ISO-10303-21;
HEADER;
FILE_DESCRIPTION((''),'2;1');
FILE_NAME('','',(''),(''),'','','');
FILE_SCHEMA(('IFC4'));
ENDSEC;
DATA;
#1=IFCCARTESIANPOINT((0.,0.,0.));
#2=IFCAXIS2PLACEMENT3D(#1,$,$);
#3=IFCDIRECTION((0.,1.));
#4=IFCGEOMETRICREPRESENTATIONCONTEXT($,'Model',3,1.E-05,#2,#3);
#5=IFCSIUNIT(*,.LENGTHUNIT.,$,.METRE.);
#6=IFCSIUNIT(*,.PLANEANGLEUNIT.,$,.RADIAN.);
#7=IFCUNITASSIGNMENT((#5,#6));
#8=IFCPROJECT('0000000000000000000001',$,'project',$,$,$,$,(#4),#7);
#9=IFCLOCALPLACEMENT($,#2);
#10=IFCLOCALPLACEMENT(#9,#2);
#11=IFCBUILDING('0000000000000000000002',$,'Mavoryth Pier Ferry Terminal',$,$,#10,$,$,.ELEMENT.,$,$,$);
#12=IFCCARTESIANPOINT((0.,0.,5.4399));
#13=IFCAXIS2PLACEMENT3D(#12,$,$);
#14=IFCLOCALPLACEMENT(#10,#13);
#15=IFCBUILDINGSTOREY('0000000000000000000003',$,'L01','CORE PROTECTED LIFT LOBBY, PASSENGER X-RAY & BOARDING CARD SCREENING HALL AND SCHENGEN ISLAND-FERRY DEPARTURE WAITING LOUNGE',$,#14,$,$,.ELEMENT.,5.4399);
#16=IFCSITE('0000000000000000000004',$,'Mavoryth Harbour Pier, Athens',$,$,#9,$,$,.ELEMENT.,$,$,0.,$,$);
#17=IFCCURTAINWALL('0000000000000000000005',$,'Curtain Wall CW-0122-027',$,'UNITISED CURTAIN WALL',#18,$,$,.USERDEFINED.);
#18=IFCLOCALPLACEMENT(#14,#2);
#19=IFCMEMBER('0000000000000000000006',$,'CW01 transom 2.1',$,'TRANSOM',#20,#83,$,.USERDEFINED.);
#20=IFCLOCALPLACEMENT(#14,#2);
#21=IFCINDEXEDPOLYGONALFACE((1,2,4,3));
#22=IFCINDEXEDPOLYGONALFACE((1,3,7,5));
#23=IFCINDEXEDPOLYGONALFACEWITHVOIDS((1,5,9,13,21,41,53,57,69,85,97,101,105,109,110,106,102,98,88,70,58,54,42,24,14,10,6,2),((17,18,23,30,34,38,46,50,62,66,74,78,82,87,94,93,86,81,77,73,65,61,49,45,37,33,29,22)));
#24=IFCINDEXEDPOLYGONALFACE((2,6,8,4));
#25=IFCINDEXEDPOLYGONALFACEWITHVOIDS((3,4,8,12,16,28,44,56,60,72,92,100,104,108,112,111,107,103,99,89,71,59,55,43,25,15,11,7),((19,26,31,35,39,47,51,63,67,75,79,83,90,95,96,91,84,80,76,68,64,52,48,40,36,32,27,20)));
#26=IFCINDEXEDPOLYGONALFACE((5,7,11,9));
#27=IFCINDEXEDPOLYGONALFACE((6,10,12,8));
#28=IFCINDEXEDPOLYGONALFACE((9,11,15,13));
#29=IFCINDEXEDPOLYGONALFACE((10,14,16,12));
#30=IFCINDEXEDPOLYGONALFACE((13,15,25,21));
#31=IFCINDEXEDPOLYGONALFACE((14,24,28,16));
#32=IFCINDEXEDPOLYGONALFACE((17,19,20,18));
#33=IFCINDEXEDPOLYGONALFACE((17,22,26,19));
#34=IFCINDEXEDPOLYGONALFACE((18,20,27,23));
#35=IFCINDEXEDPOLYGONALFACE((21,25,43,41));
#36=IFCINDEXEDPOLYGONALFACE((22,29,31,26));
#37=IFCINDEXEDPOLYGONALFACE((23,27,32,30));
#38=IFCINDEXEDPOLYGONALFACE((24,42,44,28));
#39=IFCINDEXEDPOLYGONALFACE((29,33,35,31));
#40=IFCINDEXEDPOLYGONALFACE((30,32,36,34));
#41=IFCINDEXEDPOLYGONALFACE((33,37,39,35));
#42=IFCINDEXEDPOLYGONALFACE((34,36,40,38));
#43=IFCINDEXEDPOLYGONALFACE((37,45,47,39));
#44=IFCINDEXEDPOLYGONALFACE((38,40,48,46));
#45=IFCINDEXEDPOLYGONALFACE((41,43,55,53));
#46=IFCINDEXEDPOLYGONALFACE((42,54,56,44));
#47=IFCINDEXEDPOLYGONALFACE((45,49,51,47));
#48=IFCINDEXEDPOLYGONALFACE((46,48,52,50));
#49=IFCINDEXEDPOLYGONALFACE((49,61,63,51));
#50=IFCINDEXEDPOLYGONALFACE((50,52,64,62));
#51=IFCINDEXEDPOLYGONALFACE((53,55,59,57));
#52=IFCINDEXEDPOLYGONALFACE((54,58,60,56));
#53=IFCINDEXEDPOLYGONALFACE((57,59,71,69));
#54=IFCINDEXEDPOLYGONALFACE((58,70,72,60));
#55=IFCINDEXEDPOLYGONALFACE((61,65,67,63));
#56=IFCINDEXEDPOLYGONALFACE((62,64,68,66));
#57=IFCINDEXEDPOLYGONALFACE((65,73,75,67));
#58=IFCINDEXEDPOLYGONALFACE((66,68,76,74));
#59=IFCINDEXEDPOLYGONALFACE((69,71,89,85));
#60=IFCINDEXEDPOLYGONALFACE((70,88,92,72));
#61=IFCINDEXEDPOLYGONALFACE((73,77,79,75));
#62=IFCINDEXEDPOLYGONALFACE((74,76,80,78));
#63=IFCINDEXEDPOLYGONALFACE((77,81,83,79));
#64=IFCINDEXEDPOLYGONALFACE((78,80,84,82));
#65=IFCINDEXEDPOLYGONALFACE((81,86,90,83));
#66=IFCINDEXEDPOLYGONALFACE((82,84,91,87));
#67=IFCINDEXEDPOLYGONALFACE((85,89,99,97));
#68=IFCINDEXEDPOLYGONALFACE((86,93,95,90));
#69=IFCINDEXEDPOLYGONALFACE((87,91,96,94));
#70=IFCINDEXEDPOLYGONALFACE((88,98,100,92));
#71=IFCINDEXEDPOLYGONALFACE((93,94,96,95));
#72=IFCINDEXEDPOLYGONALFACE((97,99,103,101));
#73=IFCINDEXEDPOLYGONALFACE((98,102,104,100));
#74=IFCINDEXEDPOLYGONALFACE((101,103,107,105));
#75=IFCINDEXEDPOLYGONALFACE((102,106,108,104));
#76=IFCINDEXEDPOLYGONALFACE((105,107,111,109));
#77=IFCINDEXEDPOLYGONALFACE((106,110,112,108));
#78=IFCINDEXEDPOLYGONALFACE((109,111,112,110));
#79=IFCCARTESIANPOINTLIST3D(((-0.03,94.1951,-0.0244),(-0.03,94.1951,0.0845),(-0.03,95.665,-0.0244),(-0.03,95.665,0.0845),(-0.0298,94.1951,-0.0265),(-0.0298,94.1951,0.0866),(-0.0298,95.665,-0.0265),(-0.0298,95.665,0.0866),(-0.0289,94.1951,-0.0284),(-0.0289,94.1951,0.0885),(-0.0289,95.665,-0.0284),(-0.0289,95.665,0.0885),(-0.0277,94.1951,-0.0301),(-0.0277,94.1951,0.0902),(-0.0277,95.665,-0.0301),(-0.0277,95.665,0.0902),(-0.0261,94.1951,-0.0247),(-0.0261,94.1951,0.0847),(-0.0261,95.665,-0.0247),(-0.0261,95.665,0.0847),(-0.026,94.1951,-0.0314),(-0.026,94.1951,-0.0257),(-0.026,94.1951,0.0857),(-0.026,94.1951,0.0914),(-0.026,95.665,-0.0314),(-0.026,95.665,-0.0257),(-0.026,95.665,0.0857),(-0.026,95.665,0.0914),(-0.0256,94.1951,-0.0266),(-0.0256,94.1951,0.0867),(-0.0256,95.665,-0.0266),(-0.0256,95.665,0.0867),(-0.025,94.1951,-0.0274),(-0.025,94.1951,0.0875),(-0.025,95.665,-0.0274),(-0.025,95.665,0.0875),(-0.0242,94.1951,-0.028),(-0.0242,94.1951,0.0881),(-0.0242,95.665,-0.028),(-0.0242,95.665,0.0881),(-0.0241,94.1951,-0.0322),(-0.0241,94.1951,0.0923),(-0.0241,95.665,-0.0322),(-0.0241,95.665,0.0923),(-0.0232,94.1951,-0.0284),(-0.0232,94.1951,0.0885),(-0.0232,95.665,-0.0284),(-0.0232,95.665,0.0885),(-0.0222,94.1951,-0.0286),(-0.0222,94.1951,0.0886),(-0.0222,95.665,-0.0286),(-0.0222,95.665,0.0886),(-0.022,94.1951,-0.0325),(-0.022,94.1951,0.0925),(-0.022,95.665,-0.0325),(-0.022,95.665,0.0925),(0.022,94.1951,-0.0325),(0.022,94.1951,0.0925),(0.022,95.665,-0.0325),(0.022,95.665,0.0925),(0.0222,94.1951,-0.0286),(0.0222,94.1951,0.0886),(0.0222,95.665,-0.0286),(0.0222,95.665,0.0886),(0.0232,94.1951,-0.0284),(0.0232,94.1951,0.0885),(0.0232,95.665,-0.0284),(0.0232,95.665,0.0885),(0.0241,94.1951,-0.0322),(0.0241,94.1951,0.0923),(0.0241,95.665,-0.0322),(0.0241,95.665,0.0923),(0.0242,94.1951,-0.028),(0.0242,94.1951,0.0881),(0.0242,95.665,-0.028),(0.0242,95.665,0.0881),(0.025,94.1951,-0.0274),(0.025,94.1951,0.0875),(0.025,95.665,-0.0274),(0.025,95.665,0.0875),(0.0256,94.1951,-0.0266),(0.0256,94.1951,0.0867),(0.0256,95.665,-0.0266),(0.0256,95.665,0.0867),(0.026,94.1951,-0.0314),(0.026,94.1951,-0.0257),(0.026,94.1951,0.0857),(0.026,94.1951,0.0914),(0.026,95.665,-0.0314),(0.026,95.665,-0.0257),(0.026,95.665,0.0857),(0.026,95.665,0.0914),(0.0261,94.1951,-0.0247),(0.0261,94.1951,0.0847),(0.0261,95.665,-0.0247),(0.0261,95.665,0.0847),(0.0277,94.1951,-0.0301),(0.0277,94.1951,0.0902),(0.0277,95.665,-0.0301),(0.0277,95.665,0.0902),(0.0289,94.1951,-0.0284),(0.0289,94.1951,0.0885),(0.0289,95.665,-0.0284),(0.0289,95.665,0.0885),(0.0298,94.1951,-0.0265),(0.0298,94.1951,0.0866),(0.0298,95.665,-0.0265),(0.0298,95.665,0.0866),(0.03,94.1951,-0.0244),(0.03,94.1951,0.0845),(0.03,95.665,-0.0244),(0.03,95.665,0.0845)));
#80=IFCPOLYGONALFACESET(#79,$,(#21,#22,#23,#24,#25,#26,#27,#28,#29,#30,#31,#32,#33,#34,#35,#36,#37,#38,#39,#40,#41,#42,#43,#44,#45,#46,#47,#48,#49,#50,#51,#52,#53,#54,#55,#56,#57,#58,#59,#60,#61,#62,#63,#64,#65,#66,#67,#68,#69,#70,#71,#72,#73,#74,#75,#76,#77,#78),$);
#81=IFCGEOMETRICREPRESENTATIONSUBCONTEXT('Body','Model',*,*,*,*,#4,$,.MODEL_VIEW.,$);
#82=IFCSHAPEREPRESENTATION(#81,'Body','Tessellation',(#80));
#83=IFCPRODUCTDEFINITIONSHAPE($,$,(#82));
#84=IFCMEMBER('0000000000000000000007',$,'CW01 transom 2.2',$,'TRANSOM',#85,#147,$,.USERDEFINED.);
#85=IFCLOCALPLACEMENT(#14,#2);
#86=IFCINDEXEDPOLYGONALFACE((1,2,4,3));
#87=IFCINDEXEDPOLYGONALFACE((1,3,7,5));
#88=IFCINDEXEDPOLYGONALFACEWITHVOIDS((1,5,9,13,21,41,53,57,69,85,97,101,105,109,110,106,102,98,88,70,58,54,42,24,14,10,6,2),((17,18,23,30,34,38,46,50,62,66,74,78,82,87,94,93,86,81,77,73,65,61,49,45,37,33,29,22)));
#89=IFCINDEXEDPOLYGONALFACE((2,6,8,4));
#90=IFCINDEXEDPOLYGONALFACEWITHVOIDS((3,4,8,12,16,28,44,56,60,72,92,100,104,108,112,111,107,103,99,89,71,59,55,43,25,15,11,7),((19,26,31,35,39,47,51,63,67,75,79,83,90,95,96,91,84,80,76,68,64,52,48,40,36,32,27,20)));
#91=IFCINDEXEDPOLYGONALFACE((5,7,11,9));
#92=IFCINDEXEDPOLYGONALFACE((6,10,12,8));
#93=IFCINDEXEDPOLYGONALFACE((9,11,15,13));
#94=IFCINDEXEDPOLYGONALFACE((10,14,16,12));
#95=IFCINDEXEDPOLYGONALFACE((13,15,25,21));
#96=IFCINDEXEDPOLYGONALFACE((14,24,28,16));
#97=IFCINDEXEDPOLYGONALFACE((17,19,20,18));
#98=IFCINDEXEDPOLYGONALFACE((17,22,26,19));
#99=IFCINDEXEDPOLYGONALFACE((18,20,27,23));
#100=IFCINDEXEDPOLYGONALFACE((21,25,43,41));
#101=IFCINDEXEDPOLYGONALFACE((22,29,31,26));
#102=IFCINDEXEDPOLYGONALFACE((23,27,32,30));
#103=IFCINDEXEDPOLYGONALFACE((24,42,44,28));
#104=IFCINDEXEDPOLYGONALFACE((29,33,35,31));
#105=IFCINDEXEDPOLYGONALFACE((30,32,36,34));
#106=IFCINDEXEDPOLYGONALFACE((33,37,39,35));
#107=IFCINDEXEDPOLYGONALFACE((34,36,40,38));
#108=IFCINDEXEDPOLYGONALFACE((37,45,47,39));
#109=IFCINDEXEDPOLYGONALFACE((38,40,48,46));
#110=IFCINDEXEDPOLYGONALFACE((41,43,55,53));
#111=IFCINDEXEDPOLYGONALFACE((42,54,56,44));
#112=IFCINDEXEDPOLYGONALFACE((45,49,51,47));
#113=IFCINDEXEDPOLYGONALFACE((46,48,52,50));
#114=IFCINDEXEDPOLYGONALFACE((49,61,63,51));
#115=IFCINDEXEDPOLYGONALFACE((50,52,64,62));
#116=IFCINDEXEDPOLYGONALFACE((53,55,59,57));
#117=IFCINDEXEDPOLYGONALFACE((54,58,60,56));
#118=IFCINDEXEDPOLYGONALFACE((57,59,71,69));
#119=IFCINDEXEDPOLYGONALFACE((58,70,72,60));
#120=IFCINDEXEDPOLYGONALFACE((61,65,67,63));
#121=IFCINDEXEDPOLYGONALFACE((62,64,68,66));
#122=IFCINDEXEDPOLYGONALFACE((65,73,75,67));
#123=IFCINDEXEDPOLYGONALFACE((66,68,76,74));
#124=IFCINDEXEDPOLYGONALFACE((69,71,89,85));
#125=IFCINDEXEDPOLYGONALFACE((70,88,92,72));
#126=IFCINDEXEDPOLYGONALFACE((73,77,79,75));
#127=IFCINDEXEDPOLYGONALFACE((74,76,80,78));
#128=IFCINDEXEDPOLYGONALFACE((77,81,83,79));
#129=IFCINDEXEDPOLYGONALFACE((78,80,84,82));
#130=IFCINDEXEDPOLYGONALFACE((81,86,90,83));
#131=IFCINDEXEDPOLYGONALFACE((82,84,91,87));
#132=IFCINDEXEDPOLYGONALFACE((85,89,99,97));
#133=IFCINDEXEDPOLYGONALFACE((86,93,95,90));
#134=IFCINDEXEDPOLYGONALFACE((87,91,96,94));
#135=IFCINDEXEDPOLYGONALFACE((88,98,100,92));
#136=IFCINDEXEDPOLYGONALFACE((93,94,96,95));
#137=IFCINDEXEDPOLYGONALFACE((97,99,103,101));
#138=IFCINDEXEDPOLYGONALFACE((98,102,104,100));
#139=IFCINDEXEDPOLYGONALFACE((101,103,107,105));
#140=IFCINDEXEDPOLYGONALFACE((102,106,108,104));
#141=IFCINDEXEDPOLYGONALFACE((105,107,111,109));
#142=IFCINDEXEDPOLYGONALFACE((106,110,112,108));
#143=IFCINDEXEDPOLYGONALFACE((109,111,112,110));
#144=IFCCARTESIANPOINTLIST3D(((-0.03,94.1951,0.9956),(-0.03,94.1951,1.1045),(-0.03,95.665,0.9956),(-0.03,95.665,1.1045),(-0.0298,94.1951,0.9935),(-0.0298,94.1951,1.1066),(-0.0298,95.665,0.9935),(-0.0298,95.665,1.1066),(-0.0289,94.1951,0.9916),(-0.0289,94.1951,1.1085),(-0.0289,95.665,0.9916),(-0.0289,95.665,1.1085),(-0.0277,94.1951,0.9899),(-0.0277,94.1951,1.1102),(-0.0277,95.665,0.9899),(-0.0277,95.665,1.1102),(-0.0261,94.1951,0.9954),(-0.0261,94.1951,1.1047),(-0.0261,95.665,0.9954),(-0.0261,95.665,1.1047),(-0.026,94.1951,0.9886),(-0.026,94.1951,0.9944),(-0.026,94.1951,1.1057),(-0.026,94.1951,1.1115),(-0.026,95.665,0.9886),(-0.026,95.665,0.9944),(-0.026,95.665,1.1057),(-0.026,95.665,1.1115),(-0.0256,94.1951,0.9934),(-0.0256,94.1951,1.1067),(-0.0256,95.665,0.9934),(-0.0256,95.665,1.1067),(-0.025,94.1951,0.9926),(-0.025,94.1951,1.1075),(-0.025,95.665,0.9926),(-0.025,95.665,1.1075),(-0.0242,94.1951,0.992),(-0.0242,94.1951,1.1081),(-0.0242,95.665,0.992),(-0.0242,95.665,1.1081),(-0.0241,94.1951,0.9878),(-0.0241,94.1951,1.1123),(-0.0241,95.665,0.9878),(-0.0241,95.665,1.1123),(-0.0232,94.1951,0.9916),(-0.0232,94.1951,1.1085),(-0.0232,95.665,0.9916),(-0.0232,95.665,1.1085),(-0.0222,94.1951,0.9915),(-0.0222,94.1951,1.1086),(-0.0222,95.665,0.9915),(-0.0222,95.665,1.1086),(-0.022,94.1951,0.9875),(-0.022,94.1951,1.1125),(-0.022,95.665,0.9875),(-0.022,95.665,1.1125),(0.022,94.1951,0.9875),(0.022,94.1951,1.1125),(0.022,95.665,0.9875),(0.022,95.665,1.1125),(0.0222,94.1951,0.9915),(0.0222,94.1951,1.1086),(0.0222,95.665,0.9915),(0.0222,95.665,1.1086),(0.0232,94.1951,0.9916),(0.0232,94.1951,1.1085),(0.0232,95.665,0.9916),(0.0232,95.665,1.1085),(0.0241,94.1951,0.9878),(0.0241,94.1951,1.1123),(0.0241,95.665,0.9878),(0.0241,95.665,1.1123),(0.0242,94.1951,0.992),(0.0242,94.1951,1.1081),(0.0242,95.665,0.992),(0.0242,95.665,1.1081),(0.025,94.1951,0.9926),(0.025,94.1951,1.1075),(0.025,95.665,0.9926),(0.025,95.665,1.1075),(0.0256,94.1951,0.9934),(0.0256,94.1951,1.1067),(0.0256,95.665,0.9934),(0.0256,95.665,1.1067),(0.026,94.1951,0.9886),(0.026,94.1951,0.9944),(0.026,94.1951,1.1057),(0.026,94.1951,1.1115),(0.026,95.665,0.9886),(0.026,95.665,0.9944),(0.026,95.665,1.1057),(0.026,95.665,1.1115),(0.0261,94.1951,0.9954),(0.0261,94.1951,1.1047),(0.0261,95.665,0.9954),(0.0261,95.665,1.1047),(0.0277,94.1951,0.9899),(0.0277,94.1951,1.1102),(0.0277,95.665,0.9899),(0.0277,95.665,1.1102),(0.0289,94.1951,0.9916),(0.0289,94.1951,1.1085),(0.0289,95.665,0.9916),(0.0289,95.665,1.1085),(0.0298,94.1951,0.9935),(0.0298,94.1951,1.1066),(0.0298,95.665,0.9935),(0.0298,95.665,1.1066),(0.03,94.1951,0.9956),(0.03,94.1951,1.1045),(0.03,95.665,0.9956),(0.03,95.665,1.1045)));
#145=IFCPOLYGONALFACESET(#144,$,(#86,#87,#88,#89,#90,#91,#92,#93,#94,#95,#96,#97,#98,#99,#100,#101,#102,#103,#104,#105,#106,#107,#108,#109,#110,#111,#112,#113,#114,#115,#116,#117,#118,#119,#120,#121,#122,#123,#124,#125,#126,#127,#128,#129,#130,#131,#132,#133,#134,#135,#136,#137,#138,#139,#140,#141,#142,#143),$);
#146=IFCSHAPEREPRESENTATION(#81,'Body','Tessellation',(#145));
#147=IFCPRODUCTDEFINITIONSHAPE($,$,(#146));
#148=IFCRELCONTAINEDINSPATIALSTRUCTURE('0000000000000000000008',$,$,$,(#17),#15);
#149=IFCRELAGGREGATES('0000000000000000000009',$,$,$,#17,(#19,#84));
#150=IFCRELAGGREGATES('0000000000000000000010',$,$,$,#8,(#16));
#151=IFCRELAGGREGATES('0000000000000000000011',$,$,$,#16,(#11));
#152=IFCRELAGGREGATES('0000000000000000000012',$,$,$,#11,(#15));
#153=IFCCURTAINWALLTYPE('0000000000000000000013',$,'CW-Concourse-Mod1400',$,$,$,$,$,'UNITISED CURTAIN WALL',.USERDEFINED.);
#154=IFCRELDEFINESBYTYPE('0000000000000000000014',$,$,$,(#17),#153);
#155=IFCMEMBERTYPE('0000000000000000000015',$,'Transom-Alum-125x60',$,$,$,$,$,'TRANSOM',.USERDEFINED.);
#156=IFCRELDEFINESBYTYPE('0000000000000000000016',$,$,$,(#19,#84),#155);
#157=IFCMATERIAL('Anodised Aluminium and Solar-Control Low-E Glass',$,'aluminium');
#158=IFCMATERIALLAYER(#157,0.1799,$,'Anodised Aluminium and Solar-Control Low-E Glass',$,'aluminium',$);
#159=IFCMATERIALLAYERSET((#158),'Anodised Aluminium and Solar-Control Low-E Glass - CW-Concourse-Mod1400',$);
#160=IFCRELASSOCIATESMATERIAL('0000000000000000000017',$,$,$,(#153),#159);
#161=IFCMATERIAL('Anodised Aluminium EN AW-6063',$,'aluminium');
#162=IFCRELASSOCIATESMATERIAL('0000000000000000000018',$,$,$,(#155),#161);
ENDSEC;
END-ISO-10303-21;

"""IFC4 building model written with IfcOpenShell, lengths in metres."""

from ifc_helpers import new_model, si_unit, direction, frame, origin, origin_2d, place, context, subcontext, project, spatial, hollow_rectangle, extrude, material, layer, layer_set, material_profile, profile_set, type_object, element, aggregate, save


model = new_model("IFC4")

# Units and contexts
model_context = context("Model", 3, precision=1e-05, world=origin(), true_north=direction((0.0, 1.0)))
body_context = subcontext(model_context, "Body", "Model", "MODEL_VIEW")
ifc_project = project(units=[si_unit("LENGTHUNIT", "METRE"), si_unit("PLANEANGLEUNIT", "RADIAN")], contexts=[model_context])

# Site, building, storey
site_placement = place(None, origin())
site = spatial("IfcSite", under=ifc_project, at=site_placement, Name="Mavoryth Harbour Pier, Athens", CompositionType="ELEMENT", RefElevation=0.0)
building_placement = place(site_placement, origin())
building = spatial("IfcBuilding", under=site, at=building_placement, Name="Mavoryth Pier Ferry Terminal", CompositionType="ELEMENT")
storey_placement = place(building_placement, frame((0.0, 0.0, 5.4399)))
storey = spatial("IfcBuildingStorey", under=building, at=storey_placement, Name="L01", Description="CORE PROTECTED LIFT LOBBY, PASSENGER X-RAY & BOARDING CARD SCREENING HALL AND SCHENGEN ISLAND-FERRY DEPARTURE WAITING LOUNGE", CompositionType="ELEMENT", Elevation=5.4399)

# Curtain wall, members
ifc_material_1 = material(Name="Anodised Aluminium and Solar-Control Low-E Glass", Category="aluminium")
ifc_layer_1 = layer(ifc_material_1, 0.1799, Name="Anodised Aluminium and Solar-Control Low-E Glass", Category="aluminium")
ifc_layer_set_1 = layer_set([ifc_layer_1], Name="Anodised Aluminium and Solar-Control Low-E Glass - CW-Concourse-Mod1400")
curtain_wall_type = type_object("IfcCurtainWallType", Name="CW-Concourse-Mod1400", ElementType="UNITISED CURTAIN WALL", PredefinedType="USERDEFINED", material=ifc_layer_set_1)
curtain_wall_placement = place(storey_placement, origin())
curtain_wall = element("IfcCurtainWall", 1, at=curtain_wall_placement, inside=storey, type_object=curtain_wall_type, Name="Curtain Wall CW-0122-027", ObjectType="UNITISED CURTAIN WALL", PredefinedType="USERDEFINED")
ifc_material_2 = material(Name="Anodised Aluminium EN AW-6063", Category="aluminium")
ifc_material_profile_1 = material_profile(ifc_material_2, hollow_rectangle(XDim=0.0601, YDim=0.125, WallThickness=0.0039, InnerFilletRadius=0.0039, OuterFilletRadius=0.0081, at=origin_2d()), Name="AL-TRAN 125x60x4", Category="aluminium")
ifc_profile_set_1 = profile_set([ifc_material_profile_1], Name="Anodised Aluminium EN AW-6063 - AL-TRAN 125x60x4")
member_type_1 = type_object("IfcMemberType", Name="Transom-Alum-125x60", ElementType="TRANSOM", PredefinedType="USERDEFINED", material=ifc_profile_set_1)
member_1_placement = place(storey_placement, frame((0.0, 95.665, 0.03), z_axis=(0.0, -1.0, 0.0), x_axis=(1.0, 0.0, 0.0)))
member_1 = element("IfcMember", 2, at=member_1_placement, type_object=member_type_1, Name="CW01 transom 2.1", ObjectType="TRANSOM", PredefinedType="USERDEFINED", context=body_context, shape_type="SweptSolid", body=[
    extrude(hollow_rectangle(XDim=0.0601, YDim=0.125, WallThickness=0.0039, InnerFilletRadius=0.0039, OuterFilletRadius=0.0081, at=origin_2d()), origin(), (0.0, 0.0, 1.0), 1.47),
])
member_2_placement = place(storey_placement, frame((0.0, 95.665, 1.05), z_axis=(0.0, -1.0, 0.0), x_axis=(1.0, 0.0, 0.0)))
member_2 = element("IfcMember", 3, at=member_2_placement, type_object=member_type_1, Name="CW01 transom 2.2", ObjectType="TRANSOM", PredefinedType="USERDEFINED", context=body_context, shape_type="SweptSolid", body=[
    extrude(hollow_rectangle(XDim=0.0601, YDim=0.125, WallThickness=0.0039, InnerFilletRadius=0.0039, OuterFilletRadius=0.0081, at=origin_2d()), origin(), (0.0, 0.0, 1.0), 1.47),
])
aggregate(curtain_wall, [member_1, member_2])

save(model, "model.ifc")
